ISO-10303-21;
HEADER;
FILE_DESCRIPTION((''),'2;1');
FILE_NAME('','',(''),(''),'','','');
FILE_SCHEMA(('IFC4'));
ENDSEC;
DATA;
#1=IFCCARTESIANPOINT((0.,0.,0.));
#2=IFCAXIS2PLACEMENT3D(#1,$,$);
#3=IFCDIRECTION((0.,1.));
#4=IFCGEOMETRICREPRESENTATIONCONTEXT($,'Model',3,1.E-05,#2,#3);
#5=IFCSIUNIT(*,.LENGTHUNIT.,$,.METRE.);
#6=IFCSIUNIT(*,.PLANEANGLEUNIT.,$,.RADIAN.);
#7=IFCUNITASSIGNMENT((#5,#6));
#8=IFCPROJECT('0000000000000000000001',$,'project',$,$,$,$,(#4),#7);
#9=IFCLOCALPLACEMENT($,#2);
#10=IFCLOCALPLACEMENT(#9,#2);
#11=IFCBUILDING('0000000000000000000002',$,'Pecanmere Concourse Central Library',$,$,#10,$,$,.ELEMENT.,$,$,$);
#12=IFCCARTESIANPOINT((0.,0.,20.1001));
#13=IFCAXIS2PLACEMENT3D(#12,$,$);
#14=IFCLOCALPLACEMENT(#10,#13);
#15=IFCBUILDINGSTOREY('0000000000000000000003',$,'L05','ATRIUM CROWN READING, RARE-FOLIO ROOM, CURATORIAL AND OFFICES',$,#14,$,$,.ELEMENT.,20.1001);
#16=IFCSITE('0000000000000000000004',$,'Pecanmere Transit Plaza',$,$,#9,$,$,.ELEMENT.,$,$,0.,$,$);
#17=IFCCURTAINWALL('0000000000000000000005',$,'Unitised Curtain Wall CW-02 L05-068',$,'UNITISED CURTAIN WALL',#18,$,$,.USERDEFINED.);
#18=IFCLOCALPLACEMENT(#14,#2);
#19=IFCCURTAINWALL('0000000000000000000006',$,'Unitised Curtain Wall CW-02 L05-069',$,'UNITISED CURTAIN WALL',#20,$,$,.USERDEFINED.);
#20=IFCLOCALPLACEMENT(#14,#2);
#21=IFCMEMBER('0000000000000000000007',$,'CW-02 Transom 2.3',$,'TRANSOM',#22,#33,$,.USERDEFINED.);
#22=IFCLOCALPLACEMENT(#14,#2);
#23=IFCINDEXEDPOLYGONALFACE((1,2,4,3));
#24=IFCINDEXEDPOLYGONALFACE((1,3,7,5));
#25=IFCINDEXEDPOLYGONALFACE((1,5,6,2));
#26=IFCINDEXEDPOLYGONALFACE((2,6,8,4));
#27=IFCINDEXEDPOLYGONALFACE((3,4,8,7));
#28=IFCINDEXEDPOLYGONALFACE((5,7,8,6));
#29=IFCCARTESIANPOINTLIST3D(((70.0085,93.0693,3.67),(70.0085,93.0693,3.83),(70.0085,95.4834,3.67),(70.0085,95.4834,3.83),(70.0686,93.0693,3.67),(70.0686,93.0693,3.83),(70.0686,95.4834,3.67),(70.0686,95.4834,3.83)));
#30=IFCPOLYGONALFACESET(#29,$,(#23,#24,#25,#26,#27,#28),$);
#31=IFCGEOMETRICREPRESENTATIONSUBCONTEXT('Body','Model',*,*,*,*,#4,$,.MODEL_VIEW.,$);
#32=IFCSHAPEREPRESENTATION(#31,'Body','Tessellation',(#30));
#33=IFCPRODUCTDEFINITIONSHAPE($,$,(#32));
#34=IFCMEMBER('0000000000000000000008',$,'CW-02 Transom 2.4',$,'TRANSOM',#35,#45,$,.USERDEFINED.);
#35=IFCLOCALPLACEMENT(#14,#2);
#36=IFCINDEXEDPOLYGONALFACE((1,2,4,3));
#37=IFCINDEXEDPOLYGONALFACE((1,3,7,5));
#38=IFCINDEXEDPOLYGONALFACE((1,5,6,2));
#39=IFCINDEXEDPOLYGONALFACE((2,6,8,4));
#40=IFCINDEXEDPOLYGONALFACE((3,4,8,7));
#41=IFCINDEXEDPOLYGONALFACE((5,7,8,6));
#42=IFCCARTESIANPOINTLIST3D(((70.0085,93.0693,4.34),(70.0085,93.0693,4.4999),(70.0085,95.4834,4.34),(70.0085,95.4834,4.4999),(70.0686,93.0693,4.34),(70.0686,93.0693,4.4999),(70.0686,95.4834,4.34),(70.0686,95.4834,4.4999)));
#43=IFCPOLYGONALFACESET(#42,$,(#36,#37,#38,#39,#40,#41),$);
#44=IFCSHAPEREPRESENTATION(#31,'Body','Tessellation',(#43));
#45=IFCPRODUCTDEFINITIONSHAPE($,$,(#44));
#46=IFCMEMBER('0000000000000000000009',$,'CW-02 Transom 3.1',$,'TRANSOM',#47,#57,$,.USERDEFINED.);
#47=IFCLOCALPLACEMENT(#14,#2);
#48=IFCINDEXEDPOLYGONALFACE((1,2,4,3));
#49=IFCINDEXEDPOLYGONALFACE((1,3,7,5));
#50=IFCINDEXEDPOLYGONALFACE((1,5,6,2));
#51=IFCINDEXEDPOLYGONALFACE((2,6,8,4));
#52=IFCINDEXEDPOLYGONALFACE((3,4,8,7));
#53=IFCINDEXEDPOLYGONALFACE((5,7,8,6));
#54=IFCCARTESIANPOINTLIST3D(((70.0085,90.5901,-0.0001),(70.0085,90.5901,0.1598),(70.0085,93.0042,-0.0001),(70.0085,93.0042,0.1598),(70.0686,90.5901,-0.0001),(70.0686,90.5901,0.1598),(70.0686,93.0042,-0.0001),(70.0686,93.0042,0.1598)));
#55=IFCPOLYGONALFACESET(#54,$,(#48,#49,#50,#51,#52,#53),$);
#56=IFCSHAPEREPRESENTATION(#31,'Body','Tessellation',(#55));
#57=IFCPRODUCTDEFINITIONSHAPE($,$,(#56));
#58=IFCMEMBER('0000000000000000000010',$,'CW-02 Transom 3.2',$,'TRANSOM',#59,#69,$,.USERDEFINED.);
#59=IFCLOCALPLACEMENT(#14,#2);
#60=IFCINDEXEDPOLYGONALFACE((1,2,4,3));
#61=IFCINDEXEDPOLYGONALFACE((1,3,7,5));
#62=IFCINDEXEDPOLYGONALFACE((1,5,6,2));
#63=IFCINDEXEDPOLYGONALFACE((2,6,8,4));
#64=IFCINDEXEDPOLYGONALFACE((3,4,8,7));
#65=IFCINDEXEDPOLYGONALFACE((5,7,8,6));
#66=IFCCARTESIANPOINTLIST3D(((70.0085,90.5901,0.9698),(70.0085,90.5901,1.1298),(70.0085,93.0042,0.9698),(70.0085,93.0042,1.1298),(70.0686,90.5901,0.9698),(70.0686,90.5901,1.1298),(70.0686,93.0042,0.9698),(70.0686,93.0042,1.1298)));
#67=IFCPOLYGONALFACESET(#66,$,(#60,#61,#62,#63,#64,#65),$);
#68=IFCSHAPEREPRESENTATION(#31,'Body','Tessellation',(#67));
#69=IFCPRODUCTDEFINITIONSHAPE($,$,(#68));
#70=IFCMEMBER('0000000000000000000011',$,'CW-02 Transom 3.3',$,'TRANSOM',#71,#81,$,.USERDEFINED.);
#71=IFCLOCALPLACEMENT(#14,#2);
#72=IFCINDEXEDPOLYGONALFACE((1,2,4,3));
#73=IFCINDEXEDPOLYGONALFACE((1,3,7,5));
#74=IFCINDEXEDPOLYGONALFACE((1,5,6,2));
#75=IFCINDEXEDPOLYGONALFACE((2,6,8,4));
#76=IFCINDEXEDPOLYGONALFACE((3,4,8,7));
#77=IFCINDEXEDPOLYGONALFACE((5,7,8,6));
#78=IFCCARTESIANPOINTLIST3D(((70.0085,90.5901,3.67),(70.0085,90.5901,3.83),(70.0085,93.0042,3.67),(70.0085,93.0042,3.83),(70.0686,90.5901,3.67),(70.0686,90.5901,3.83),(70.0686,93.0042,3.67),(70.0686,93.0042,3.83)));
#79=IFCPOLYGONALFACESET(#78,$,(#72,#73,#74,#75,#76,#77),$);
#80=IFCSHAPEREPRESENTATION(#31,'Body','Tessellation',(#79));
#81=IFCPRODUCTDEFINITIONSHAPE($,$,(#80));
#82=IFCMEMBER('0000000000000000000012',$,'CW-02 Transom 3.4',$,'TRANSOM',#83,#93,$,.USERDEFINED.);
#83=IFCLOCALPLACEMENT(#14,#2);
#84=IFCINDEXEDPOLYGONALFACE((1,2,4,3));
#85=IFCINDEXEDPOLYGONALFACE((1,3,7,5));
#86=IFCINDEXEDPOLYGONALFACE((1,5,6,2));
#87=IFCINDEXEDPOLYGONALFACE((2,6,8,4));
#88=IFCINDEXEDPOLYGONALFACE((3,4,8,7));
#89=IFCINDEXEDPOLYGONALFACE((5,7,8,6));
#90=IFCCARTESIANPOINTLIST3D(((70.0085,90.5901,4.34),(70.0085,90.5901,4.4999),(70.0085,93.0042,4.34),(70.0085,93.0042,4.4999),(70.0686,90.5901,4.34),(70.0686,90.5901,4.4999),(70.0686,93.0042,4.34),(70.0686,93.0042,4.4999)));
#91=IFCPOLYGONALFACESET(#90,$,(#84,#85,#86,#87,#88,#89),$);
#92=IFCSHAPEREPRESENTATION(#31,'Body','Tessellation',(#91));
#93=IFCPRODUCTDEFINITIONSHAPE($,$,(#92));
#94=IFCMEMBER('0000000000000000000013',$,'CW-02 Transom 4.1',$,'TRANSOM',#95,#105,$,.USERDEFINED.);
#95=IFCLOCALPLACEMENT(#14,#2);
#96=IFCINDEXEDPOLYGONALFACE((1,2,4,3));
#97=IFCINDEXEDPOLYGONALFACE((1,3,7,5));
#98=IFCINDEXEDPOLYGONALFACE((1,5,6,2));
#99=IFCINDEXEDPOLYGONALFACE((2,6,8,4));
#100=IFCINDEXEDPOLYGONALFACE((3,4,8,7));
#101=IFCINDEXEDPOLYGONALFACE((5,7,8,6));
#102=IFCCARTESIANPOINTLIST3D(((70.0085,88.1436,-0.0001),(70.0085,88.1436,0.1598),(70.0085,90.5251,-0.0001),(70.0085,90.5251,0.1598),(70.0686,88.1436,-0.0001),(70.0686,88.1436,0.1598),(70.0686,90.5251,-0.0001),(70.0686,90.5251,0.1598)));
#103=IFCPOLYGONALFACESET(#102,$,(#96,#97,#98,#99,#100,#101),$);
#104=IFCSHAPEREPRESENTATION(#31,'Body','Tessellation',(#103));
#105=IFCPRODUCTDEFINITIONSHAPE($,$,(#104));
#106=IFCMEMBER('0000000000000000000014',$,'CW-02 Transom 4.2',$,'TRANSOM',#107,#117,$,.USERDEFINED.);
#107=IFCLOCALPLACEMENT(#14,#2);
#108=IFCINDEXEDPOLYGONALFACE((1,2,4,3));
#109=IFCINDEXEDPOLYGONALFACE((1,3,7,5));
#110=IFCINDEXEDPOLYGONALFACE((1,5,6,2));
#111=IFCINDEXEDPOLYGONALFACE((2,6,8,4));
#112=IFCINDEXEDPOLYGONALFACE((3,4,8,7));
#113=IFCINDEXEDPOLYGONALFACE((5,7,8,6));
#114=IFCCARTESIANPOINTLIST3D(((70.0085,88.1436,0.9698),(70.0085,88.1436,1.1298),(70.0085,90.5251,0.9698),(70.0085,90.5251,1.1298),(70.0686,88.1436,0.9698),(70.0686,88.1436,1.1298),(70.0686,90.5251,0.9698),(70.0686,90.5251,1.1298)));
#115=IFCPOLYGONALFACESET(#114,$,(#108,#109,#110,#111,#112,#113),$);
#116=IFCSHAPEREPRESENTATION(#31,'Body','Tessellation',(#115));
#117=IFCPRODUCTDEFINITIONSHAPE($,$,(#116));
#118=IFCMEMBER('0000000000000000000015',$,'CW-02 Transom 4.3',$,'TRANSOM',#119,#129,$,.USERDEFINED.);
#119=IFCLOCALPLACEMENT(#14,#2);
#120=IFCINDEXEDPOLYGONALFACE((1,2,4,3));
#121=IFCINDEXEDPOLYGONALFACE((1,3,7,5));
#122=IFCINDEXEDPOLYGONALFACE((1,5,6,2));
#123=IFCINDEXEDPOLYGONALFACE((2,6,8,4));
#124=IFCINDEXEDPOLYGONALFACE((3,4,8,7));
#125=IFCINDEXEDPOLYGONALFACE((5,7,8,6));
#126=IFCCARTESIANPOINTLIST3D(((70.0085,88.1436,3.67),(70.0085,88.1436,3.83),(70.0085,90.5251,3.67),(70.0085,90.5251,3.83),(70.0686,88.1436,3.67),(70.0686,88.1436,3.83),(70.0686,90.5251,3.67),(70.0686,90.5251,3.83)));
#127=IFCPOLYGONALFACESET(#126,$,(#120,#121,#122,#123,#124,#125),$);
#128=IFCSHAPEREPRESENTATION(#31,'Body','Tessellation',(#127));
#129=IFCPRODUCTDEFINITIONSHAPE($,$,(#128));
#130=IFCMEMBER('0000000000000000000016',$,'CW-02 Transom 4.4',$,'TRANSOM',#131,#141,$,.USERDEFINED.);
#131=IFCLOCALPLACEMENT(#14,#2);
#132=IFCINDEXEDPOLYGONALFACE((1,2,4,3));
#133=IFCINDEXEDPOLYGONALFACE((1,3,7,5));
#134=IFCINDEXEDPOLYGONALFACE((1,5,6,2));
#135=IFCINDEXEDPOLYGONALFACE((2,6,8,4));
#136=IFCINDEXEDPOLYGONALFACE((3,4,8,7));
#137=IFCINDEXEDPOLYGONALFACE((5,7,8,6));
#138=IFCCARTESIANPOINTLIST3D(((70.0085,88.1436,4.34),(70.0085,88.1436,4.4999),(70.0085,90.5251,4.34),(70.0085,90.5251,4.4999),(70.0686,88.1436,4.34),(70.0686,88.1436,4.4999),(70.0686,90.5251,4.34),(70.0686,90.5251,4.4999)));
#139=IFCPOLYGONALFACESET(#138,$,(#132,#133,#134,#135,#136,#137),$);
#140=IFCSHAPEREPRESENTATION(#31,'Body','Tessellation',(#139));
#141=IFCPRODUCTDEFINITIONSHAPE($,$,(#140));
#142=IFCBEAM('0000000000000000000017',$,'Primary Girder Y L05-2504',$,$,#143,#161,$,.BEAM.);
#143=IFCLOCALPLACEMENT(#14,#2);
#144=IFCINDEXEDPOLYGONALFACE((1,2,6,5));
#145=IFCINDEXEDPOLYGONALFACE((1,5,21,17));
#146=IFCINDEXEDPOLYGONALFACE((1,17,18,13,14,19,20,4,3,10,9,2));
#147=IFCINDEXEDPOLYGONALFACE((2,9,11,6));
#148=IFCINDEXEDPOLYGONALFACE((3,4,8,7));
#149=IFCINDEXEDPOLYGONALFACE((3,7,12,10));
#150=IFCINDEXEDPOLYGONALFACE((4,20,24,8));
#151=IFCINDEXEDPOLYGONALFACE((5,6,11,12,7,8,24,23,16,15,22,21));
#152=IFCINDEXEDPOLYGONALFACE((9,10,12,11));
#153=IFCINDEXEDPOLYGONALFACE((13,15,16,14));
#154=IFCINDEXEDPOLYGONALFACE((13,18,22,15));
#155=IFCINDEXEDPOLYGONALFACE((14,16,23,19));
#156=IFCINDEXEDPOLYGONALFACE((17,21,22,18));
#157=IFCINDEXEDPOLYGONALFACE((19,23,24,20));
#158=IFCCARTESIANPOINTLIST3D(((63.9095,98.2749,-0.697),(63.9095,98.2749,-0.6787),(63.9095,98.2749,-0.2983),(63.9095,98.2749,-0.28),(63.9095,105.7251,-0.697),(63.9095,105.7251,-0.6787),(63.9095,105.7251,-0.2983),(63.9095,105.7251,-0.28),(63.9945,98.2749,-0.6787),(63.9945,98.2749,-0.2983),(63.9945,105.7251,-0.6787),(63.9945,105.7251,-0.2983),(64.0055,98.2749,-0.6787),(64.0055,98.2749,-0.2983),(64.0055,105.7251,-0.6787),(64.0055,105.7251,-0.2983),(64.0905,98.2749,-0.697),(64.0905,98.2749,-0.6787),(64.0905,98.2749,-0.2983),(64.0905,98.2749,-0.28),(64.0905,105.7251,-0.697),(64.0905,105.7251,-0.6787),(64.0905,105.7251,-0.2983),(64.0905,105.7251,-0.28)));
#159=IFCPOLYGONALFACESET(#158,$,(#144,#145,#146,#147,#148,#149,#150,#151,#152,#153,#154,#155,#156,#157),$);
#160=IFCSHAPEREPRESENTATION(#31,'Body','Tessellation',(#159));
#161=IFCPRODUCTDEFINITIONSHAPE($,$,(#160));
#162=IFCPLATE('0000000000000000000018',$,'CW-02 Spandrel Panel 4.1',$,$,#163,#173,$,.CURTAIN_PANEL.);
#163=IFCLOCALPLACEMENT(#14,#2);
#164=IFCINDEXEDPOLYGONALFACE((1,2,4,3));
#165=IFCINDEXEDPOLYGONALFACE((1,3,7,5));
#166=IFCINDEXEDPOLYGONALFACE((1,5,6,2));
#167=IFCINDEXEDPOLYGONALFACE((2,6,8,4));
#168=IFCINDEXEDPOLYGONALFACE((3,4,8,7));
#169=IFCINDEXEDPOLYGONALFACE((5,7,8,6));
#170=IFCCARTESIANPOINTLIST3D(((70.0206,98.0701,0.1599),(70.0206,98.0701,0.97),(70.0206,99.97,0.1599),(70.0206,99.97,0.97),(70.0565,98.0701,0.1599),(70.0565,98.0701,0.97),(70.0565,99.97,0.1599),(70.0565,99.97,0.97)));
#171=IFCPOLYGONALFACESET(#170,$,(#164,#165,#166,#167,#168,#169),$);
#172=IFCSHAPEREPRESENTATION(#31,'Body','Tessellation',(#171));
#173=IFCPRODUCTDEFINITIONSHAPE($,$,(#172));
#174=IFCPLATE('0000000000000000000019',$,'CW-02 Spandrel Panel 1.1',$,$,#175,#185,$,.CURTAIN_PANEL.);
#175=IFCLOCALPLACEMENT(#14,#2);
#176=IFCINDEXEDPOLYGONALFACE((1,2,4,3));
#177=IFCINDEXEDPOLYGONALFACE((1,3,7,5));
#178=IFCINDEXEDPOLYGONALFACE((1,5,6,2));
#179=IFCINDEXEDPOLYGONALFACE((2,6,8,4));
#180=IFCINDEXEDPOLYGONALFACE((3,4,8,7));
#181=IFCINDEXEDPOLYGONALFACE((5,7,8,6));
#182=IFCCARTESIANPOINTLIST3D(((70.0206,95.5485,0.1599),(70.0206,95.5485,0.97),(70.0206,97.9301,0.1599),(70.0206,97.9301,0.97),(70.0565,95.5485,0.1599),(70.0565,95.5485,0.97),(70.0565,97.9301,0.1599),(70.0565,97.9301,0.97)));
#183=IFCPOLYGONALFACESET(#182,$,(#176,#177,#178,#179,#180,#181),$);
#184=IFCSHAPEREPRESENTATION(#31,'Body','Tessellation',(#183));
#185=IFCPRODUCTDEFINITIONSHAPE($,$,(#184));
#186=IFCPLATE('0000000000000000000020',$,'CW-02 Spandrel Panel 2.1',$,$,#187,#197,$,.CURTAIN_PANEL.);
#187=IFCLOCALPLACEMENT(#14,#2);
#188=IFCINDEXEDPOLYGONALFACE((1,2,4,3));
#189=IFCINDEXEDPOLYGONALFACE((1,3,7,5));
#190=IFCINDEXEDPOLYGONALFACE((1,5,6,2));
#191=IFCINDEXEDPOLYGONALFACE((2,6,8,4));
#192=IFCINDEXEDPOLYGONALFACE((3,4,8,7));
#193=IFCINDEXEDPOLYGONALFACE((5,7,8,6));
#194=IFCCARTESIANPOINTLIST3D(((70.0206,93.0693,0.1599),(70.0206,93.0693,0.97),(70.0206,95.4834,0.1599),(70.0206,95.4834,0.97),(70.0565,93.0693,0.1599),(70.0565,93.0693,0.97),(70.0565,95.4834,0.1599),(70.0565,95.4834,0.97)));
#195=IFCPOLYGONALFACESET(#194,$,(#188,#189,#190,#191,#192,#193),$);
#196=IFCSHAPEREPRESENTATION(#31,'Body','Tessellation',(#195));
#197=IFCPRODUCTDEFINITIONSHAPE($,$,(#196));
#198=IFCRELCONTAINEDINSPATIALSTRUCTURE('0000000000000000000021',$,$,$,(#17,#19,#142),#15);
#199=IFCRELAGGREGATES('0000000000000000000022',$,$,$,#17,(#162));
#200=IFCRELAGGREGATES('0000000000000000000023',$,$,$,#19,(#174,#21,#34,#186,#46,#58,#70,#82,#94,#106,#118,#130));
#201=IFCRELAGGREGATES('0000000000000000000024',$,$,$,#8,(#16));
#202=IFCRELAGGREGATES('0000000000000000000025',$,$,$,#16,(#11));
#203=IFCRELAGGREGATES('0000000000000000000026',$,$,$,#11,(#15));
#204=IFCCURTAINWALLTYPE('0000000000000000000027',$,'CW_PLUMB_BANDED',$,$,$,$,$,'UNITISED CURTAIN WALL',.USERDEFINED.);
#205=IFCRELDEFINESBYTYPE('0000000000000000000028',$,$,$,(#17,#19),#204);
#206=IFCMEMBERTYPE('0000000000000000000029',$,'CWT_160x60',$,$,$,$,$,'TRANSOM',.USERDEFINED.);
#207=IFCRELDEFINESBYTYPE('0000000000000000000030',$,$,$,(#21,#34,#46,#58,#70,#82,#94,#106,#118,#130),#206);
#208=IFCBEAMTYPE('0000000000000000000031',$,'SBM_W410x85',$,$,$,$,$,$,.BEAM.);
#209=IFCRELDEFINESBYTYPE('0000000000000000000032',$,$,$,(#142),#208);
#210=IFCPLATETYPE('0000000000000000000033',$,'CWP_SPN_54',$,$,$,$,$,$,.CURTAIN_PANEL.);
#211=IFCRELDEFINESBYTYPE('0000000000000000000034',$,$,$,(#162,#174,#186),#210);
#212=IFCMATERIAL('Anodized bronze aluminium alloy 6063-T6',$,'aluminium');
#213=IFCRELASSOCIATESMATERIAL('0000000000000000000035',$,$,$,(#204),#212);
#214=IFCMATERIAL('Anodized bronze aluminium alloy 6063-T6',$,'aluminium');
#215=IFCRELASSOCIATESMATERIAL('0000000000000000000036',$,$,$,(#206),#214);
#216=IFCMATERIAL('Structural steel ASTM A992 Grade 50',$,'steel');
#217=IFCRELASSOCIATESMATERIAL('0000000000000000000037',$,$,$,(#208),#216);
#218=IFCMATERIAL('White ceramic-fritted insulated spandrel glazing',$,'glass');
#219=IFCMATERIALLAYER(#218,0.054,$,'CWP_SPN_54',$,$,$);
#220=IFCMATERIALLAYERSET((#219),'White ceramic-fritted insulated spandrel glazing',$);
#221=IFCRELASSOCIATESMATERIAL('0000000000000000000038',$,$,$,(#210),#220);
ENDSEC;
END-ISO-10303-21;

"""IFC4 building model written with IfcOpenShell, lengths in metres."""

from ifc_helpers import new_model, si_unit, direction, frame, origin, origin_2d, place, context, subcontext, project, spatial, rectangle, i_section, extrude, material, layer, layer_set, material_profile, profile_set, type_object, element, aggregate, save


model = new_model("IFC4")

# Units and contexts
model_context = context("Model", 3, precision=1e-05, world=origin(), true_north=direction((0.0, 1.0)))
body_context = subcontext(model_context, "Body", "Model", "MODEL_VIEW")
ifc_project = project(units=[si_unit("LENGTHUNIT", "METRE"), si_unit("PLANEANGLEUNIT", "RADIAN")], contexts=[model_context])

# Site, building, storey
site_placement = place(None, origin())
site = spatial("IfcSite", under=ifc_project, at=site_placement, Name="Pecanmere Transit Plaza", CompositionType="ELEMENT", RefElevation=0.0)
building_placement = place(site_placement, origin())
building = spatial("IfcBuilding", under=site, at=building_placement, Name="Pecanmere Concourse Central Library", CompositionType="ELEMENT")
storey_placement = place(building_placement, frame((0.0, 0.0, 20.1001)))
storey = spatial("IfcBuildingStorey", under=building, at=storey_placement, Name="L05", Description="ATRIUM CROWN READING, RARE-FOLIO ROOM, CURATORIAL AND OFFICES", CompositionType="ELEMENT", Elevation=20.1001)

# Curtain wall
ifc_material_1 = material(Name="Anodized bronze aluminium alloy 6063-T6", Category="aluminium")
curtain_wall_type_1 = type_object("IfcCurtainWallType", Name="CW_PLUMB_BANDED", ElementType="UNITISED CURTAIN WALL", PredefinedType="USERDEFINED", material=ifc_material_1)
curtain_wall_1_placement = place(storey_placement, origin())
curtain_wall_1 = element("IfcCurtainWall", 1, at=curtain_wall_1_placement, inside=storey, type_object=curtain_wall_type_1, Name="Unitised Curtain Wall CW-02 L05-068", ObjectType="UNITISED CURTAIN WALL", PredefinedType="USERDEFINED")

# Curtain wall
curtain_wall_2_placement = place(storey_placement, origin())
curtain_wall_2 = element("IfcCurtainWall", 2, at=curtain_wall_2_placement, inside=storey, type_object=curtain_wall_type_1, Name="Unitised Curtain Wall CW-02 L05-069", ObjectType="UNITISED CURTAIN WALL", PredefinedType="USERDEFINED")

# Members
ifc_material_2 = material(Name="Anodized bronze aluminium alloy 6063-T6", Category="aluminium")
ifc_material_profile_1 = material_profile(ifc_material_2, rectangle(XDim=0.0601, YDim=0.1599, at=origin_2d()), Name="AL 60x160")
ifc_profile_set_1 = profile_set([ifc_material_profile_1], Name="Anodized bronze aluminium alloy 6063-T6")
member_type_1 = type_object("IfcMemberType", Name="CWT_160x60", ElementType="TRANSOM", PredefinedType="USERDEFINED", material=ifc_profile_set_1)
member_1_placement = place(storey_placement, frame((70.0386, 95.4834, 3.75), z_axis=(0.0, -1.0, 0.0), x_axis=(1.0, 0.0, 0.0)))
member_1 = element("IfcMember", 3, at=member_1_placement, type_object=member_type_1, Name="CW-02 Transom 2.3", ObjectType="TRANSOM", PredefinedType="USERDEFINED", context=body_context, shape_type="SweptSolid", body=[
    extrude(rectangle(XDim=0.0601, YDim=0.1599, at=origin_2d()), origin(), (0.0, 0.0, 1.0), 2.4141),
])
member_2_placement = place(storey_placement, frame((70.0386, 95.4834, 4.4199), z_axis=(0.0, -1.0, 0.0), x_axis=(1.0, 0.0, 0.0)))
member_2 = element("IfcMember", 4, at=member_2_placement, type_object=member_type_1, Name="CW-02 Transom 2.4", ObjectType="TRANSOM", PredefinedType="USERDEFINED", context=body_context, shape_type="SweptSolid", body=[
    extrude(rectangle(XDim=0.0601, YDim=0.1599, at=origin_2d()), origin(), (0.0, 0.0, 1.0), 2.4141),
])
member_3_placement = place(storey_placement, frame((70.0386, 93.0042, 0.0798), z_axis=(0.0, -1.0, 0.0), x_axis=(1.0, 0.0, 0.0)))
member_3 = element("IfcMember", 5, at=member_3_placement, type_object=member_type_1, Name="CW-02 Transom 3.1", ObjectType="TRANSOM", PredefinedType="USERDEFINED", context=body_context, shape_type="SweptSolid", body=[
    extrude(rectangle(XDim=0.0601, YDim=0.1599, at=origin_2d()), origin(), (0.0, 0.0, 1.0), 2.4141),
])
member_4_placement = place(storey_placement, frame((70.0386, 93.0042, 1.0498), z_axis=(0.0, -1.0, 0.0), x_axis=(1.0, 0.0, 0.0)))
member_4 = element("IfcMember", 6, at=member_4_placement, type_object=member_type_1, Name="CW-02 Transom 3.2", ObjectType="TRANSOM", PredefinedType="USERDEFINED", context=body_context, shape_type="SweptSolid", body=[
    extrude(rectangle(XDim=0.0601, YDim=0.1599, at=origin_2d()), origin(), (0.0, 0.0, 1.0), 2.4141),
])
member_5_placement = place(storey_placement, frame((70.0386, 93.0042, 3.75), z_axis=(0.0, -1.0, 0.0), x_axis=(1.0, 0.0, 0.0)))
member_5 = element("IfcMember", 7, at=member_5_placement, type_object=member_type_1, Name="CW-02 Transom 3.3", ObjectType="TRANSOM", PredefinedType="USERDEFINED", context=body_context, shape_type="SweptSolid", body=[
    extrude(rectangle(XDim=0.0601, YDim=0.1599, at=origin_2d()), origin(), (0.0, 0.0, 1.0), 2.4141),
])
member_6_placement = place(storey_placement, frame((70.0386, 93.0042, 4.4199), z_axis=(0.0, -1.0, 0.0), x_axis=(1.0, 0.0, 0.0)))
member_6 = element("IfcMember", 8, at=member_6_placement, type_object=member_type_1, Name="CW-02 Transom 3.4", ObjectType="TRANSOM", PredefinedType="USERDEFINED", context=body_context, shape_type="SweptSolid", body=[
    extrude(rectangle(XDim=0.0601, YDim=0.1599, at=origin_2d()), origin(), (0.0, 0.0, 1.0), 2.4141),
])
member_7_placement = place(storey_placement, frame((70.0386, 90.5251, 0.0798), z_axis=(0.0, -1.0, 0.0), x_axis=(1.0, 0.0, 0.0)))
member_7 = element("IfcMember", 9, at=member_7_placement, type_object=member_type_1, Name="CW-02 Transom 4.1", ObjectType="TRANSOM", PredefinedType="USERDEFINED", context=body_context, shape_type="SweptSolid", body=[
    extrude(rectangle(XDim=0.0601, YDim=0.1599, at=origin_2d()), origin(), (0.0, 0.0, 1.0), 2.3816),
])
member_8_placement = place(storey_placement, frame((70.0386, 90.5251, 1.0498), z_axis=(0.0, -1.0, 0.0), x_axis=(1.0, 0.0, 0.0)))
member_8 = element("IfcMember", 10, at=member_8_placement, type_object=member_type_1, Name="CW-02 Transom 4.2", ObjectType="TRANSOM", PredefinedType="USERDEFINED", context=body_context, shape_type="SweptSolid", body=[
    extrude(rectangle(XDim=0.0601, YDim=0.1599, at=origin_2d()), origin(), (0.0, 0.0, 1.0), 2.3816),
])
member_9_placement = place(storey_placement, frame((70.0386, 90.5251, 3.75), z_axis=(0.0, -1.0, 0.0), x_axis=(1.0, 0.0, 0.0)))
member_9 = element("IfcMember", 11, at=member_9_placement, type_object=member_type_1, Name="CW-02 Transom 4.3", ObjectType="TRANSOM", PredefinedType="USERDEFINED", context=body_context, shape_type="SweptSolid", body=[
    extrude(rectangle(XDim=0.0601, YDim=0.1599, at=origin_2d()), origin(), (0.0, 0.0, 1.0), 2.3816),
])
member_10_placement = place(storey_placement, frame((70.0386, 90.5251, 4.4199), z_axis=(0.0, -1.0, 0.0), x_axis=(1.0, 0.0, 0.0)))
member_10 = element("IfcMember", 12, at=member_10_placement, type_object=member_type_1, Name="CW-02 Transom 4.4", ObjectType="TRANSOM", PredefinedType="USERDEFINED", context=body_context, shape_type="SweptSolid", body=[
    extrude(rectangle(XDim=0.0601, YDim=0.1599, at=origin_2d()), origin(), (0.0, 0.0, 1.0), 2.3816),
])

# Beam
ifc_material_3 = material(Name="Structural steel ASTM A992 Grade 50", Category="steel")
ifc_material_profile_2 = material_profile(ifc_material_3, i_section(OverallWidth=0.1809, OverallDepth=0.417, WebThickness=0.011, FlangeThickness=0.0183, at=origin_2d()), Name="W410x85")
ifc_profile_set_2 = profile_set([ifc_material_profile_2], Name="Structural steel ASTM A992 Grade 50")
beam_type = type_object("IfcBeamType", Name="SBM_W410x85", PredefinedType="BEAM", material=ifc_profile_set_2)
beam_placement = place(storey_placement, frame((64.0, 98.2749, -0.4885), z_axis=(0.0, 1.0, 0.0), x_axis=(-1.0, 0.0, 0.0)))
element("IfcBeam", 13, at=beam_placement, inside=storey, type_object=beam_type, Name="Primary Girder Y L05-2504", PredefinedType="BEAM", context=body_context, shape_type="SweptSolid", body=[
    extrude(i_section(OverallWidth=0.1809, OverallDepth=0.417, WebThickness=0.011, FlangeThickness=0.0183, at=origin_2d()), origin(), (0.0, 0.0, 1.0), 7.4502),
])

# Plates
ifc_material_4 = material(Name="White ceramic-fritted insulated spandrel glazing", Category="glass")
ifc_layer_1 = layer(ifc_material_4, 0.054, Name="CWP_SPN_54")
ifc_layer_set_1 = layer_set([ifc_layer_1], Name="White ceramic-fritted insulated spandrel glazing")
plate_type_1 = type_object("IfcPlateType", Name="CWP_SPN_54", PredefinedType="CURTAIN_PANEL", material=ifc_layer_set_1)
plate_1_placement = place(storey_placement, frame((70.0386, 99.02, 0.1599), z_axis=(0.0, 0.0, 1.0), x_axis=(0.0, -1.0, 0.0)))
plate_1 = element("IfcPlate", 14, at=plate_1_placement, type_object=plate_type_1, Name="CW-02 Spandrel Panel 4.1", PredefinedType="CURTAIN_PANEL", context=body_context, shape_type="SweptSolid", body=[
    extrude(rectangle(XDim=1.8999, YDim=0.0359, at=origin_2d()), origin(), (0.0, 0.0, 1.0), 0.8101),
])
aggregate(curtain_wall_1, [plate_1])
plate_2_placement = place(storey_placement, frame((70.0386, 96.7393, 0.1599), z_axis=(0.0, 0.0, 1.0), x_axis=(0.0, -1.0, 0.0)))
plate_2 = element("IfcPlate", 15, at=plate_2_placement, type_object=plate_type_1, Name="CW-02 Spandrel Panel 1.1", PredefinedType="CURTAIN_PANEL", context=body_context, shape_type="SweptSolid", body=[
    extrude(rectangle(XDim=2.3816, YDim=0.0359, at=origin_2d()), origin(), (0.0, 0.0, 1.0), 0.8101),
])
plate_3_placement = place(storey_placement, frame((70.0386, 94.2764, 0.1599), z_axis=(0.0, 0.0, 1.0), x_axis=(0.0, -1.0, 0.0)))
plate_3 = element("IfcPlate", 16, at=plate_3_placement, type_object=plate_type_1, Name="CW-02 Spandrel Panel 2.1", PredefinedType="CURTAIN_PANEL", context=body_context, shape_type="SweptSolid", body=[
    extrude(rectangle(XDim=2.4141, YDim=0.0359, at=origin_2d()), origin(), (0.0, 0.0, 1.0), 0.8101),
])
aggregate(curtain_wall_2, [plate_2, member_1, member_2, plate_3, member_3, member_4, member_5, member_6, member_7, member_8, member_9, member_10])

save(model, "model.ifc")
